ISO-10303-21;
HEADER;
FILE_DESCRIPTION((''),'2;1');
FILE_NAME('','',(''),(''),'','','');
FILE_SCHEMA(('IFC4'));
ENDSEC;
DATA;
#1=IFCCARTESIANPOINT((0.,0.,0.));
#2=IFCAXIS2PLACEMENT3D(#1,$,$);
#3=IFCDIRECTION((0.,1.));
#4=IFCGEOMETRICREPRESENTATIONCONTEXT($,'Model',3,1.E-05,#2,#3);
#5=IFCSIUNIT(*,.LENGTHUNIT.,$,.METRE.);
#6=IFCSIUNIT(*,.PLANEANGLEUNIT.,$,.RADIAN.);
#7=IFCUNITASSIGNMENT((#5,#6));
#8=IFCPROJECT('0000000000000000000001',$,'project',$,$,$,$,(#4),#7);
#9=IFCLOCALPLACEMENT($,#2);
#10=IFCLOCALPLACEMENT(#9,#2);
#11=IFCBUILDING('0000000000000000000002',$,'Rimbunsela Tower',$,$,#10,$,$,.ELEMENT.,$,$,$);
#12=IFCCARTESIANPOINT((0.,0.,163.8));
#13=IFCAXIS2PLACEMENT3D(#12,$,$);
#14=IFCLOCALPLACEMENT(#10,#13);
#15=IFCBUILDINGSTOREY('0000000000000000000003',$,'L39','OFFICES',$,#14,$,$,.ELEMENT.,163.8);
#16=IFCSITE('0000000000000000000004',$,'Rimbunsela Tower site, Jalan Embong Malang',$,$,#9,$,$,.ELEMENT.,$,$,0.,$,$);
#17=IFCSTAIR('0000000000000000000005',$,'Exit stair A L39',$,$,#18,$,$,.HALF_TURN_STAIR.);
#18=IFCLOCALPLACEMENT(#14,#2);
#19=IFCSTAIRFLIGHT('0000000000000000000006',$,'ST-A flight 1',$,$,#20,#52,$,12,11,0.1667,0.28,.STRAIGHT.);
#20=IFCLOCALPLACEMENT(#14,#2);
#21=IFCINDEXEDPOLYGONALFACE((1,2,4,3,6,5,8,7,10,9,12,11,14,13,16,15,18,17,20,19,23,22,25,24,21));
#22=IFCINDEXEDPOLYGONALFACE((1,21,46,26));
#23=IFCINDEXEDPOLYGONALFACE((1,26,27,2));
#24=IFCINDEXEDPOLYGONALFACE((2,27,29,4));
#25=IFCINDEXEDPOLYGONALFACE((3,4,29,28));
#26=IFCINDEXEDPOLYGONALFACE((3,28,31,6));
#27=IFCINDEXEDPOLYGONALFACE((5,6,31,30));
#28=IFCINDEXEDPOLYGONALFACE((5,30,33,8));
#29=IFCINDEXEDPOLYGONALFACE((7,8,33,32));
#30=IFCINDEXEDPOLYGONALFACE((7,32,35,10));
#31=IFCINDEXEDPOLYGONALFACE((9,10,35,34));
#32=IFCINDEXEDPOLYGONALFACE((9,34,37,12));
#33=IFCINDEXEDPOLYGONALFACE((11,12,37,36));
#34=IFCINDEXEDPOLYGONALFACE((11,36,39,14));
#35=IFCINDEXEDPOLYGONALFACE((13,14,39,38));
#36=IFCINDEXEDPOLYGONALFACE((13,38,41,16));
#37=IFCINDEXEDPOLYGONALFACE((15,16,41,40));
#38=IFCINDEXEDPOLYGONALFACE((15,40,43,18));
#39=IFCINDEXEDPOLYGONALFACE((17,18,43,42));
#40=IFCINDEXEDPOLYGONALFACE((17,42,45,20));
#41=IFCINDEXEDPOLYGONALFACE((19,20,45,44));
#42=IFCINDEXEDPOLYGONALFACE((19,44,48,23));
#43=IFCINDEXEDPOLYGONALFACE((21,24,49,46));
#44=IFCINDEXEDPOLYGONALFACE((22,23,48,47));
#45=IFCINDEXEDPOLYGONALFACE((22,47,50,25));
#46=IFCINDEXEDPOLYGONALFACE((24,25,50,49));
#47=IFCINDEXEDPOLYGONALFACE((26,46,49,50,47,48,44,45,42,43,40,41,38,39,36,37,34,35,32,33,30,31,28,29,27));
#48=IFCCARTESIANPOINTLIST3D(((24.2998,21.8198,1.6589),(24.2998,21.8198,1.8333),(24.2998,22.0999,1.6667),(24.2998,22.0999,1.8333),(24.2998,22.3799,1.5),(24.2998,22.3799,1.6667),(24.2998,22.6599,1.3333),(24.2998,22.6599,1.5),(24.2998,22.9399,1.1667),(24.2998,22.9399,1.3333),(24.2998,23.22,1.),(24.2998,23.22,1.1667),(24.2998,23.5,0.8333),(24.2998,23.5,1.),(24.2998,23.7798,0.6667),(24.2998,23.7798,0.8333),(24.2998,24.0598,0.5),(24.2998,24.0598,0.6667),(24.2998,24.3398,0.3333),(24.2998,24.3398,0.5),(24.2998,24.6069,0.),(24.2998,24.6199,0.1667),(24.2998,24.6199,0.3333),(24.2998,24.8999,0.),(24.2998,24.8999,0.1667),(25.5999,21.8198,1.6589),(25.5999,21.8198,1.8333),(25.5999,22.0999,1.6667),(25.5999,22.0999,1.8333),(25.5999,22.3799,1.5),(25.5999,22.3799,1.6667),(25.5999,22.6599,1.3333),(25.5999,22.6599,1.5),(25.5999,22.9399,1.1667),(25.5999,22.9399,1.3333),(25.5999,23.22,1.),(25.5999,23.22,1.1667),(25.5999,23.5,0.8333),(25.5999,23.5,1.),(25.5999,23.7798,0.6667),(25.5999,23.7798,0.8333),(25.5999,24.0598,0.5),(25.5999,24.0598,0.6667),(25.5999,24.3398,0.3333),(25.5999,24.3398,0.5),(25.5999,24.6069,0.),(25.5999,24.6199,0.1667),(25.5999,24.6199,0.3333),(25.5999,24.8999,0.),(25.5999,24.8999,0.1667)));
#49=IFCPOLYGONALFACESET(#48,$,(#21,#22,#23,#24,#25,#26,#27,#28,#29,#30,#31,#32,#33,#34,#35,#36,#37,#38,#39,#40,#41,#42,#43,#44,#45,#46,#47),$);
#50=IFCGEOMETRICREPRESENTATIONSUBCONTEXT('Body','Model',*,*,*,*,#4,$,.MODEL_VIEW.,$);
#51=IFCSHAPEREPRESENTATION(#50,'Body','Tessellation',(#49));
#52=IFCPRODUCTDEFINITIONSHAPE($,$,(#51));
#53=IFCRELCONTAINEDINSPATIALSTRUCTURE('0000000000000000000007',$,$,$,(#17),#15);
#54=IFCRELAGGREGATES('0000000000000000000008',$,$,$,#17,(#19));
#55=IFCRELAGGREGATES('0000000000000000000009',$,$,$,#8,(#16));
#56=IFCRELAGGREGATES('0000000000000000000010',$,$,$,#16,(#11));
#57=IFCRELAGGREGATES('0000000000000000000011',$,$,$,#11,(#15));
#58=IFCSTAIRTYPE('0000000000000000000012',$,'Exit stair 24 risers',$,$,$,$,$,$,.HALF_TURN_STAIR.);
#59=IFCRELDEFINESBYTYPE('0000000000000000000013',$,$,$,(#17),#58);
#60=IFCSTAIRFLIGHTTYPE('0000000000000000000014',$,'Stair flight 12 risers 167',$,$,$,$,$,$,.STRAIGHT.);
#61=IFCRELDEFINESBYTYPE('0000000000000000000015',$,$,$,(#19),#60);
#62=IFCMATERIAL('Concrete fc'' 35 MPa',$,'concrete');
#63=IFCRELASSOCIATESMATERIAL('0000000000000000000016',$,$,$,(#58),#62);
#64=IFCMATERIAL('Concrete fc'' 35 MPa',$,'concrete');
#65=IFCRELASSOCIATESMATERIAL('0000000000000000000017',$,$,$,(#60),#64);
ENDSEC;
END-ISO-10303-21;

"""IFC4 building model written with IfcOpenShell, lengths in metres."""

from ifc_helpers import new_model, si_unit, direction, frame, origin, place, context, subcontext, project, spatial, polyline, outline, extrude, material, type_object, element, aggregate, save


model = new_model("IFC4")

# Units and contexts
model_context = context("Model", 3, precision=1e-05, world=origin(), true_north=direction((0.0, 1.0)))
body_context = subcontext(model_context, "Body", "Model", "MODEL_VIEW")
ifc_project = project(units=[si_unit("LENGTHUNIT", "METRE"), si_unit("PLANEANGLEUNIT", "RADIAN")], contexts=[model_context])

# Site, building, storey
site_placement = place(None, origin())
site = spatial("IfcSite", under=ifc_project, at=site_placement, Name="Rimbunsela Tower site, Jalan Embong Malang", CompositionType="ELEMENT", RefElevation=0.0)
building_placement = place(site_placement, origin())
building = spatial("IfcBuilding", under=site, at=building_placement, Name="Rimbunsela Tower", CompositionType="ELEMENT")
storey_placement = place(building_placement, frame((0.0, 0.0, 163.8)))
storey = spatial("IfcBuildingStorey", under=building, at=storey_placement, Name="L39", Description="OFFICES", CompositionType="ELEMENT", Elevation=163.8)

# Stair, stair flight
ifc_material_1 = material(Name="Concrete fc' 35 MPa", Category="concrete")
stair_type = type_object("IfcStairType", Name="Exit stair 24 risers", PredefinedType="HALF_TURN_STAIR", material=ifc_material_1)
stair_placement = place(storey_placement, origin())
stair = element("IfcStair", 1, at=stair_placement, inside=storey, type_object=stair_type, Name="Exit stair A L39", PredefinedType="HALF_TURN_STAIR")
ifc_material_2 = material(Name="Concrete fc' 35 MPa", Category="concrete")
stair_flight_type = type_object("IfcStairFlightType", Name="Stair flight 12 risers 167", PredefinedType="STRAIGHT", material=ifc_material_2)
stair_flight_placement = place(storey_placement, frame((24.95, 24.8999, 0.0), z_axis=(0.0, 0.0, 1.0), x_axis=(0.0, -1.0, 0.0)))
stair_flight = element("IfcStairFlight", 2, at=stair_flight_placement, type_object=stair_flight_type, Name="ST-A flight 1", NumberOfRisers=12, NumberOfTreads=11, PredefinedType="STRAIGHT", RiserHeight=0.1667, TreadLength=0.28, context=body_context, shape_type="SweptSolid", body=[
    extrude(outline(polyline([(0.0, 0.0), (0.0, 0.1667), (0.28, 0.1667), (0.28, 0.3333), (0.5601, 0.3333), (0.5601, 0.5), (0.8401, 0.5), (0.8401, 0.6667), (1.1201, 0.6667), (1.1201, 0.8333), (1.3999, 0.8333), (1.3999, 1.0), (1.6799, 1.0), (1.6799, 1.1667), (1.96, 1.1667), (1.96, 1.3333), (2.24, 1.3333), (2.24, 1.5), (2.52, 1.5), (2.52, 1.6667), (2.8, 1.6667), (2.8, 1.8333), (3.0801, 1.8333), (3.0801, 2.0), (3.0801, 1.6589), (0.293, 0.0), (0.0, 0.0)])), frame((0.0, 0.6499, 0.0), z_axis=(0.0, -1.0, 0.0), x_axis=(1.0, 0.0, 0.0)), (0.0, 0.0, 1.0), 1.3),
])
aggregate(stair, [stair_flight])

save(model, "model.ifc")
